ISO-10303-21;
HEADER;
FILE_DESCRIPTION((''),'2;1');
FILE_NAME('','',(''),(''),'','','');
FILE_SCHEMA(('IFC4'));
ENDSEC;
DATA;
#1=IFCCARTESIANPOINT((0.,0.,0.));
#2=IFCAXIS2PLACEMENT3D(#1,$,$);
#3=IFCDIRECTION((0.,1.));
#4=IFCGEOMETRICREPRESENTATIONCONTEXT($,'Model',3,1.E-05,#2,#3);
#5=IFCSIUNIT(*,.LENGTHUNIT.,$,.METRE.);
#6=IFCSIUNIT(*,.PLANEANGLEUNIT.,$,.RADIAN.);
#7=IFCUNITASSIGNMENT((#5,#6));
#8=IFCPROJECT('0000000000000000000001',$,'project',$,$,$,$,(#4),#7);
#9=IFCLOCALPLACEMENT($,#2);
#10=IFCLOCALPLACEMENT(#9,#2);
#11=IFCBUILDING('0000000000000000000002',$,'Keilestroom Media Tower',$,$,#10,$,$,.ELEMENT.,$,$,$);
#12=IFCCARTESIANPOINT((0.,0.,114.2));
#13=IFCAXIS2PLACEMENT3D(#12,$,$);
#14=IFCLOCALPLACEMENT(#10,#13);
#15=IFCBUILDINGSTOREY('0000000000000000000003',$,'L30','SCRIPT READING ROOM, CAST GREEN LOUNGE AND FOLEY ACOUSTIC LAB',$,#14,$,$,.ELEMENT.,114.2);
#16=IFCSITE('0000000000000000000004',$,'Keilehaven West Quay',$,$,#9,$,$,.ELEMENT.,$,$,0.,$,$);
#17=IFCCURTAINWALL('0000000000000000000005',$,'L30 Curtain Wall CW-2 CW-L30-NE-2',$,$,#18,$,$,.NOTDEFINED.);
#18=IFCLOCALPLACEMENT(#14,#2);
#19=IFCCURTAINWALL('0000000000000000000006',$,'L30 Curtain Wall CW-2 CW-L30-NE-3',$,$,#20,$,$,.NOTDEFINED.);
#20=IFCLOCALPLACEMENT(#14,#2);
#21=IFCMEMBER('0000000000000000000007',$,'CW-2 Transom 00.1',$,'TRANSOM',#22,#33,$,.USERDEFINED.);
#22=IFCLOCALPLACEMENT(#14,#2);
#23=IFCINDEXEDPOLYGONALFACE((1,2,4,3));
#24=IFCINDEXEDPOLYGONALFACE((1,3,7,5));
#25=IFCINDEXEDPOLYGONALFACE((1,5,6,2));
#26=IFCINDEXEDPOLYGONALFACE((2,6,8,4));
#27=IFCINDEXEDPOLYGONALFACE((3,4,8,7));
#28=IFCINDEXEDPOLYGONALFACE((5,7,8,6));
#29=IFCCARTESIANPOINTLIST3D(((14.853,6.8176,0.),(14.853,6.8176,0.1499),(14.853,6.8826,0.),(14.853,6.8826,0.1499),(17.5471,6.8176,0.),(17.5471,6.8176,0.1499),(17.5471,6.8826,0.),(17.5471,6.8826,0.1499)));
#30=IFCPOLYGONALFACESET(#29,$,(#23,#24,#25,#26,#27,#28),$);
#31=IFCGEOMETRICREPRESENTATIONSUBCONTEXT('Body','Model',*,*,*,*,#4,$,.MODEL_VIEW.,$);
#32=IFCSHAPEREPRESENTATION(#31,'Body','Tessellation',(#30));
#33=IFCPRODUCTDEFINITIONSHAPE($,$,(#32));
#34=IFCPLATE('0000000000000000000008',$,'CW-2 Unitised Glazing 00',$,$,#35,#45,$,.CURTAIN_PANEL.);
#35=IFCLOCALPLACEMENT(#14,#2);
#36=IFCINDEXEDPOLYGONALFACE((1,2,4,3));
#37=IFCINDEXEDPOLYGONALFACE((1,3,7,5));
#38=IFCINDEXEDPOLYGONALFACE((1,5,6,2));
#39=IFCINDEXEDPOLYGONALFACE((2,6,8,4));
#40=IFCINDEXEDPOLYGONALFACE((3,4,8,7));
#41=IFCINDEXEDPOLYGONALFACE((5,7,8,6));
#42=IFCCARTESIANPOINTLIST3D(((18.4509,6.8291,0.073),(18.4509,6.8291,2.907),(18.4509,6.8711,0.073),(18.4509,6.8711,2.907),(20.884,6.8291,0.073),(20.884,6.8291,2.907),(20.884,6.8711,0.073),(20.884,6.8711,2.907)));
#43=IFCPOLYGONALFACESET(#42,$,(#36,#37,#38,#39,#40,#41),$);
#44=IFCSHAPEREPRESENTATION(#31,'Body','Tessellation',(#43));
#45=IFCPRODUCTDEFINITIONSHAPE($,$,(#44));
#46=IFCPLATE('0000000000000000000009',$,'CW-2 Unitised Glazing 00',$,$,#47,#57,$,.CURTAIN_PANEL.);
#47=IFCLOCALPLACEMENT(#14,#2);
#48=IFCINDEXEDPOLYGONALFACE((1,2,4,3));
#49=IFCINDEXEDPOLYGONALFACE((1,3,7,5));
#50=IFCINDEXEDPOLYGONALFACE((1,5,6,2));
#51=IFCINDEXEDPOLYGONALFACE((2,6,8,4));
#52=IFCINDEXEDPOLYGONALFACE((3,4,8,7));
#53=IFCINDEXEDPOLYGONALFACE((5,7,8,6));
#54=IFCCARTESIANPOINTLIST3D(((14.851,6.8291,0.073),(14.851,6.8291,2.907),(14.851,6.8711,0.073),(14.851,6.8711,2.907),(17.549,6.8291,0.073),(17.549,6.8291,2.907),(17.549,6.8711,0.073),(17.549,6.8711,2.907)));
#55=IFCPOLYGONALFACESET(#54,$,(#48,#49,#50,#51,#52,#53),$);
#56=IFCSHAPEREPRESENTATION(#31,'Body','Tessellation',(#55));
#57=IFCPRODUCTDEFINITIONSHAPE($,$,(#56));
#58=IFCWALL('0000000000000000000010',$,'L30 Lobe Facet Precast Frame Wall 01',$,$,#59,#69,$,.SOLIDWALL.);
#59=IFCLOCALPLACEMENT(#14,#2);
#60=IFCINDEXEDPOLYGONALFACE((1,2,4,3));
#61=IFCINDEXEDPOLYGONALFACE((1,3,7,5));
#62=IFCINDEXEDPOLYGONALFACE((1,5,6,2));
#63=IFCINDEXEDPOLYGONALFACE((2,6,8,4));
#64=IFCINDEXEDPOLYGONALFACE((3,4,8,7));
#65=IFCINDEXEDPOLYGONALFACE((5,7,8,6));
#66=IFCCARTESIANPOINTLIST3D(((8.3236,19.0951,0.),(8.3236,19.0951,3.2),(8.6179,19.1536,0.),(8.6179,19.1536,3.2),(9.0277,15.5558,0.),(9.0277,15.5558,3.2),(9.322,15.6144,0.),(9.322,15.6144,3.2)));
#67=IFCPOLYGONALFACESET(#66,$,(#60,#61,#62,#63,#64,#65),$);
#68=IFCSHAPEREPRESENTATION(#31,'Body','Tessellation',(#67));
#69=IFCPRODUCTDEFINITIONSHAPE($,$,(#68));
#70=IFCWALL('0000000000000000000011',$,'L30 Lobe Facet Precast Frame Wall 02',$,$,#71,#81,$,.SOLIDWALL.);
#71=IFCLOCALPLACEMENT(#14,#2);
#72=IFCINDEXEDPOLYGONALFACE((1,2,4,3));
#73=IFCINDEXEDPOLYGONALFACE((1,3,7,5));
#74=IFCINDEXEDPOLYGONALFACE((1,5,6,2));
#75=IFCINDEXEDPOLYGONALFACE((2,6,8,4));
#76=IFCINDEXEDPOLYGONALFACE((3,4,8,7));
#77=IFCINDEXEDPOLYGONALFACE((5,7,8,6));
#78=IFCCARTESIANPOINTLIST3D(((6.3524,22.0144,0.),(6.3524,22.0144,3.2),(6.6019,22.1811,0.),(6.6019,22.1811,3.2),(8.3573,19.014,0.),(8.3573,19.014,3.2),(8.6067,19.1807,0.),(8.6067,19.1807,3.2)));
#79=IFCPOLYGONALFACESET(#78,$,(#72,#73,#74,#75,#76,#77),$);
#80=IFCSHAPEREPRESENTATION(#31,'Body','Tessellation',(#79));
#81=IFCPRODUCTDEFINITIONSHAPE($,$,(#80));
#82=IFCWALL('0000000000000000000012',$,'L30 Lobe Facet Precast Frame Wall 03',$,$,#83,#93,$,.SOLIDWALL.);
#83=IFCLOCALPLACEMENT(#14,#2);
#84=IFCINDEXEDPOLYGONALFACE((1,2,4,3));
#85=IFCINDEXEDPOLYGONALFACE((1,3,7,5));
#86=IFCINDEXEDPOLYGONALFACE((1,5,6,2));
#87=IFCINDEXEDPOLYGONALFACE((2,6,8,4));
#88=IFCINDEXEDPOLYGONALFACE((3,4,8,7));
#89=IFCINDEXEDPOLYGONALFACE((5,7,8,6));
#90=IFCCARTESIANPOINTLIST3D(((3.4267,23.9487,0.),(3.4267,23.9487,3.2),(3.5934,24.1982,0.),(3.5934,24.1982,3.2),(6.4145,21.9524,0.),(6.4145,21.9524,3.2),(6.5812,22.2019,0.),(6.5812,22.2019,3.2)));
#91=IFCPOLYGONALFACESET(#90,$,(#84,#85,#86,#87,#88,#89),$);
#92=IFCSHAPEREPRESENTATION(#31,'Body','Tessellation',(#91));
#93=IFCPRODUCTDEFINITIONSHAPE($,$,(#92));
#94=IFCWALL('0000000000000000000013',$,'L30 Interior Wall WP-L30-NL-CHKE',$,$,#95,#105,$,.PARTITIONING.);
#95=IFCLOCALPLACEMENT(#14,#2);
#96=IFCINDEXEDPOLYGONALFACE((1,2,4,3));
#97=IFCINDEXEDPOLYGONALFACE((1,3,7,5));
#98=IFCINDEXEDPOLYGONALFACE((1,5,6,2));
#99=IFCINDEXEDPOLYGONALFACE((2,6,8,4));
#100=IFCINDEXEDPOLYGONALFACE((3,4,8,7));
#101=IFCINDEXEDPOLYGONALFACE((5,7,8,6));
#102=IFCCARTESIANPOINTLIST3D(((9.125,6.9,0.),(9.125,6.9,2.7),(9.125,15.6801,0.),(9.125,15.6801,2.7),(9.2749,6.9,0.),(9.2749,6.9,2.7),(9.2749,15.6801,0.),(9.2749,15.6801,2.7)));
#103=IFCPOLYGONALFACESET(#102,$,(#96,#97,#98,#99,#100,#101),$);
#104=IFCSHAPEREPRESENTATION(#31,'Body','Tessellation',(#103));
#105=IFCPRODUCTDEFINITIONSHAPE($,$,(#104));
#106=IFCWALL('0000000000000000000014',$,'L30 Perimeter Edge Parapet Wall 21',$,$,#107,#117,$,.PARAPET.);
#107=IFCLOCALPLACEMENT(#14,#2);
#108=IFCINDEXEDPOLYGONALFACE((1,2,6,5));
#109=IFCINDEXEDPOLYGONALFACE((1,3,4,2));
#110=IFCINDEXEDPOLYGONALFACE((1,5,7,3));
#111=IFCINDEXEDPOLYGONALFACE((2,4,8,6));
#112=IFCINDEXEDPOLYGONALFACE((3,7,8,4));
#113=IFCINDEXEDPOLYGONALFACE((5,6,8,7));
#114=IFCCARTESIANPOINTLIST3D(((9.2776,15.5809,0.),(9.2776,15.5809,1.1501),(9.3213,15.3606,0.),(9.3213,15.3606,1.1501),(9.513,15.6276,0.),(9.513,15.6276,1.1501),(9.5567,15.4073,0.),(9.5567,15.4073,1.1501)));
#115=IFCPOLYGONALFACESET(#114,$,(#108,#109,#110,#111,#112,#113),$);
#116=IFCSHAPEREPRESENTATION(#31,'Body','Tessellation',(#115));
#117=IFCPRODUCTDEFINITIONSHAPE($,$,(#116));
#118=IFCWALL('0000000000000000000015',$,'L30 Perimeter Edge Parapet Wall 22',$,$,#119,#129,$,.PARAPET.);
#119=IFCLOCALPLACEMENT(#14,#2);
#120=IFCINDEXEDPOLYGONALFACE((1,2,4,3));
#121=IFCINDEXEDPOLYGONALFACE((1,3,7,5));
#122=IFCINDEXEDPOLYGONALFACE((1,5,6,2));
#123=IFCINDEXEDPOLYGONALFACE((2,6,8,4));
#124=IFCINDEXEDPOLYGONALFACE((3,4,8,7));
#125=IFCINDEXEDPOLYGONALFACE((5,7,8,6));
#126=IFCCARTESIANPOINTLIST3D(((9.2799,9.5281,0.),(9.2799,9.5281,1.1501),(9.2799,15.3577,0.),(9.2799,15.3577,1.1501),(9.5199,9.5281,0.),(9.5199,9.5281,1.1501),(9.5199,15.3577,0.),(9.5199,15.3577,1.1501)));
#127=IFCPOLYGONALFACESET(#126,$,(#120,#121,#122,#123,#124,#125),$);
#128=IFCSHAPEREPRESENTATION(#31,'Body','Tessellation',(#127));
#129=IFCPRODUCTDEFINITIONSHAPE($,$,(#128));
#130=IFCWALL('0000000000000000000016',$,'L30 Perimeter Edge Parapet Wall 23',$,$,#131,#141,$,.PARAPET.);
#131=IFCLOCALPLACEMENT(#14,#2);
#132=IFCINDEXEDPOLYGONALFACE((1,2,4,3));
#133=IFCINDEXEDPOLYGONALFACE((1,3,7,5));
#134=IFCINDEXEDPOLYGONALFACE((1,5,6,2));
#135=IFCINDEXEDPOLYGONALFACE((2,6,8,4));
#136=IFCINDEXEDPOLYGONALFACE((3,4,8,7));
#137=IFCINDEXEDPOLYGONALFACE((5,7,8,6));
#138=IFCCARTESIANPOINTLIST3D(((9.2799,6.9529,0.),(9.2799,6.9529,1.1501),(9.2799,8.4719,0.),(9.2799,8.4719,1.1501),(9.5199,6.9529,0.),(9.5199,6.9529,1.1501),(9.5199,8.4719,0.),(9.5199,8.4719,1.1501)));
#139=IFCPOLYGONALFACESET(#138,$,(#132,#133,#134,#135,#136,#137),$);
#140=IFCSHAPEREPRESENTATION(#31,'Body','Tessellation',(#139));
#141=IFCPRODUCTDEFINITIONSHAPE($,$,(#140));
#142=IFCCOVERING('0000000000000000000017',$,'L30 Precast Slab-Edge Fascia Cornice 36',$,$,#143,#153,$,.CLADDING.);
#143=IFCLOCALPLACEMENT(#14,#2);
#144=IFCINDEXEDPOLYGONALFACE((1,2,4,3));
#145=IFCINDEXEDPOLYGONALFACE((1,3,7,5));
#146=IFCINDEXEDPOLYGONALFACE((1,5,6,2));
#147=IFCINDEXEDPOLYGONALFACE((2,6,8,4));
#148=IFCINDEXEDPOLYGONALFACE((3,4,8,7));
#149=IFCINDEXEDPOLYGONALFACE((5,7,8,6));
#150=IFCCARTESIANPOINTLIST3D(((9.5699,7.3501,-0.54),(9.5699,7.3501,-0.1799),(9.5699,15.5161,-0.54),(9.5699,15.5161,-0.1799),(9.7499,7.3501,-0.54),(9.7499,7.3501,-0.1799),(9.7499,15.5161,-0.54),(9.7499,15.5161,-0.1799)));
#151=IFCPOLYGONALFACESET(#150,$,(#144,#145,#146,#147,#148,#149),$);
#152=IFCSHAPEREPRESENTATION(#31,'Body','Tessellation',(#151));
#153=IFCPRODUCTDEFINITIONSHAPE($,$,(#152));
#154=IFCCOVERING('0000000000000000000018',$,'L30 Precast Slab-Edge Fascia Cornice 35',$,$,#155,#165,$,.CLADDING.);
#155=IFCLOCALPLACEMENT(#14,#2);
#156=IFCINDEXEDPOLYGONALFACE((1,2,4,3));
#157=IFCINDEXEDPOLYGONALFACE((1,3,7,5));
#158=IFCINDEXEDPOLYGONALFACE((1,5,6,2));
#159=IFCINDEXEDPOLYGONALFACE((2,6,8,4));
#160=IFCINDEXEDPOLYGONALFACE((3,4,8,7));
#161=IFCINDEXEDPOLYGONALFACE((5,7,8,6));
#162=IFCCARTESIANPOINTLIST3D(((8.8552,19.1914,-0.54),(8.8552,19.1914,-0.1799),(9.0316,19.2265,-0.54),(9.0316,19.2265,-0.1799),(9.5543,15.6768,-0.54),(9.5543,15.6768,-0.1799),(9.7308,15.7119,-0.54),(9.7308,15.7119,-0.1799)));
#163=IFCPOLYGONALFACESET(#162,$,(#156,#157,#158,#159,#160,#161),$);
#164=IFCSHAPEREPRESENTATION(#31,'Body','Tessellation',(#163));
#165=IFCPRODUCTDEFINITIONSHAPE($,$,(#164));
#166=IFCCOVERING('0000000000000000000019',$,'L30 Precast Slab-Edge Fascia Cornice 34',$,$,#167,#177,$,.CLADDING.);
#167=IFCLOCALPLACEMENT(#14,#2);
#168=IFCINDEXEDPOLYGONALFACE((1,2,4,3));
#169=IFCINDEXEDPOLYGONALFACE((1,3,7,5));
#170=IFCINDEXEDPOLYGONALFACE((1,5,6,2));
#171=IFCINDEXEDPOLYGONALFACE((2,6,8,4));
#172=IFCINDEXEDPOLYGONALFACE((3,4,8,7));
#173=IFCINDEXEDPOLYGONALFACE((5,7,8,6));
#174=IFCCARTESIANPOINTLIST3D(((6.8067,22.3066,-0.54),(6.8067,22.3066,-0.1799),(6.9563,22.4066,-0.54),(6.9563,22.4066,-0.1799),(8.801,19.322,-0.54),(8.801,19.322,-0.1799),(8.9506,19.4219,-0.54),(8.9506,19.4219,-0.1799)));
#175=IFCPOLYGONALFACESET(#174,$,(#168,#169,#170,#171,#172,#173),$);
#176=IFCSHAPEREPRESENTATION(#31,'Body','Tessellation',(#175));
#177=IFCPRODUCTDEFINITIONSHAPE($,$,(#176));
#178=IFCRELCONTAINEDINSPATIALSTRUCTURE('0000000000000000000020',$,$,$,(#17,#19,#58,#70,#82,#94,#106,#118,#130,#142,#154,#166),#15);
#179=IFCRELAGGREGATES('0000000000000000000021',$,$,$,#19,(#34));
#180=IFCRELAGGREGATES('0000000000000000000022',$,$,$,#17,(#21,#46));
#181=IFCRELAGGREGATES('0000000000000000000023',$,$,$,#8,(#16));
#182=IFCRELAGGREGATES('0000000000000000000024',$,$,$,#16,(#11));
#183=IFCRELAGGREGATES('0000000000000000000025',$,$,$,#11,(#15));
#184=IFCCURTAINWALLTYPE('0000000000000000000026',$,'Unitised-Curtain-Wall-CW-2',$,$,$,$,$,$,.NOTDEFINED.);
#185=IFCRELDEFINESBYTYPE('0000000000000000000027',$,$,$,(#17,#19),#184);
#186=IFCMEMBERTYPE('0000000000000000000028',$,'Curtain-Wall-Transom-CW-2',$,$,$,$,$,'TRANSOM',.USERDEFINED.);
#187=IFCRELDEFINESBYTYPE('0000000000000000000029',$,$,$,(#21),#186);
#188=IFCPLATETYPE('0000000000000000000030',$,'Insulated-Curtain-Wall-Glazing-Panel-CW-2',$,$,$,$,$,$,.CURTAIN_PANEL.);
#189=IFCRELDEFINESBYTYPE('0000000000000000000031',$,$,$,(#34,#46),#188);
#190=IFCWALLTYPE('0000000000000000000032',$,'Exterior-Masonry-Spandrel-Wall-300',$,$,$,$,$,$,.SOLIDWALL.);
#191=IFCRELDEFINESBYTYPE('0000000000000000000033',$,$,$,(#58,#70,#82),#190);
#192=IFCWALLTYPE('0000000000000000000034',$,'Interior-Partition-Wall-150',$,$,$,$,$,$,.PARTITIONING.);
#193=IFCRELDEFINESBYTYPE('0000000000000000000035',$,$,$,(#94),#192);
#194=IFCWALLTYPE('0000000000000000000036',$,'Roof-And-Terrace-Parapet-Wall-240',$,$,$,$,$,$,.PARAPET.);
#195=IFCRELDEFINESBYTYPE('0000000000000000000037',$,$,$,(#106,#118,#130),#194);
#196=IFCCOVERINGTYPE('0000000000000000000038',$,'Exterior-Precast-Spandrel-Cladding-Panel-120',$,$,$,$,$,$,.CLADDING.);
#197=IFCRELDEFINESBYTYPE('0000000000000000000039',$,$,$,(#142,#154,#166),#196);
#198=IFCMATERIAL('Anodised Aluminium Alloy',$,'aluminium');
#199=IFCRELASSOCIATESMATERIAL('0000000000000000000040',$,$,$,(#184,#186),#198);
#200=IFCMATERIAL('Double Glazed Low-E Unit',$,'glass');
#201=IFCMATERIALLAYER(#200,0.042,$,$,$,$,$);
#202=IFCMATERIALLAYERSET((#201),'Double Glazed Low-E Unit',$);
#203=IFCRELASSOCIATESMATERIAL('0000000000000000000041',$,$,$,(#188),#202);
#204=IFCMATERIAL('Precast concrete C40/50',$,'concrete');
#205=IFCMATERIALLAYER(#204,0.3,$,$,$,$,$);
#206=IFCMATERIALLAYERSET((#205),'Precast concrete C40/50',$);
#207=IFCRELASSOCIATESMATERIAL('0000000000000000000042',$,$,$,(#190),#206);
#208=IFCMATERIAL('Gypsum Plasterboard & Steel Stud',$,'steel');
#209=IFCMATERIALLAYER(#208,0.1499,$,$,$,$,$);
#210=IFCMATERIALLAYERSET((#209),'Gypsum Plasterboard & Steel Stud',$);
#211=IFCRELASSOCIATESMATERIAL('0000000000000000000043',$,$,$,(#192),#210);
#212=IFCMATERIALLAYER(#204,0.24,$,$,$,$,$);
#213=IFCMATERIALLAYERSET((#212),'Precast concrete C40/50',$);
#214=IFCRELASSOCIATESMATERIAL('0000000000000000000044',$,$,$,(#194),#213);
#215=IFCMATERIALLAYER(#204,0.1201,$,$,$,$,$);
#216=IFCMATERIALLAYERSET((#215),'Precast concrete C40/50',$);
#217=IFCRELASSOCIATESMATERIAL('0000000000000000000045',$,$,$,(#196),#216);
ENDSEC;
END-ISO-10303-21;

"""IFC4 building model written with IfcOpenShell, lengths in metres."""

from ifc_helpers import new_model, si_unit, direction, frame, frame_2d, origin, origin_2d, place, context, subcontext, project, spatial, rectangle, extrude, source, transform, mapped, material, layer, layer_set, material_profile, profile_set, type_object, element, aggregate, save


model = new_model("IFC4")

# Units and contexts
model_context = context("Model", 3, precision=1e-05, world=origin(), true_north=direction((0.0, 1.0)))
body_context = subcontext(model_context, "Body", "Model", "MODEL_VIEW")
ifc_project = project(units=[si_unit("LENGTHUNIT", "METRE"), si_unit("PLANEANGLEUNIT", "RADIAN")], contexts=[model_context])

# Site, building, storey
site_placement = place(None, origin())
site = spatial("IfcSite", under=ifc_project, at=site_placement, Name="Keilehaven West Quay", CompositionType="ELEMENT", RefElevation=0.0)
building_placement = place(site_placement, origin())
building = spatial("IfcBuilding", under=site, at=building_placement, Name="Keilestroom Media Tower", CompositionType="ELEMENT")
storey_placement = place(building_placement, frame((0.0, 0.0, 114.2)))
storey = spatial("IfcBuildingStorey", under=building, at=storey_placement, Name="L30", Description="SCRIPT READING ROOM, CAST GREEN LOUNGE AND FOLEY ACOUSTIC LAB", CompositionType="ELEMENT", Elevation=114.2)

# Shared definitions
ifc_material_1 = material(Name="Precast concrete C40/50", Category="concrete")

# Curtain walls
ifc_material_2 = material(Name="Anodised Aluminium Alloy", Category="aluminium")
curtain_wall_type = type_object("IfcCurtainWallType", Name="Unitised-Curtain-Wall-CW-2", PredefinedType="NOTDEFINED", material=ifc_material_2)
curtain_wall_1_placement = place(storey_placement, origin())
curtain_wall_1 = element("IfcCurtainWall", 1, at=curtain_wall_1_placement, inside=storey, type_object=curtain_wall_type, Name="L30 Curtain Wall CW-2 CW-L30-NE-2", PredefinedType="NOTDEFINED")
curtain_wall_2_placement = place(storey_placement, origin())
curtain_wall_2 = element("IfcCurtainWall", 2, at=curtain_wall_2_placement, inside=storey, type_object=curtain_wall_type, Name="L30 Curtain Wall CW-2 CW-L30-NE-3", PredefinedType="NOTDEFINED")
ifc_material_profile_1 = material_profile(ifc_material_2, rectangle(XDim=0.0649, YDim=0.1499, at=origin_2d()), Name="ALU TRANSOM 65x150")
ifc_profile_set_1 = profile_set([ifc_material_profile_1], Name="Anodised Aluminium Alloy")
member_type_1 = type_object("IfcMemberType", Name="Curtain-Wall-Transom-CW-2", ElementType="TRANSOM", PredefinedType="USERDEFINED", material=ifc_profile_set_1)

# Member
shared_shape_1 = source(origin(), body_context, "Body", "SweptSolid", [
    extrude(rectangle(XDim=0.0649, YDim=0.1499, at=origin_2d()), origin(), (0.0, 0.0, 1.0), 2.6941),
])
member_1_placement = place(storey_placement, frame((14.853, 6.8501, 0.075), z_axis=(1.0, 0.0, 0.0), x_axis=(0.0, 1.0, 0.0)))
member_1 = element("IfcMember", 3, at=member_1_placement, type_object=member_type_1, Name="CW-2 Transom 00.1", ObjectType="TRANSOM", PredefinedType="USERDEFINED", context=body_context, shape_type="MappedRepresentation", body=[
    mapped(shared_shape_1, transform((0.0, 0.0, 0.0), x_axis=(1.0, 0.0, 0.0), y_axis=(0.0, 1.0, 0.0), z_axis=(0.0, 0.0, 1.0), scale=1.0)),
])

# Plates
ifc_material_3 = material(Name="Double Glazed Low-E Unit", Category="glass")
ifc_layer_1 = layer(ifc_material_3, 0.042)
ifc_layer_set_1 = layer_set([ifc_layer_1], Name="Double Glazed Low-E Unit")
plate_type = type_object("IfcPlateType", Name="Insulated-Curtain-Wall-Glazing-Panel-CW-2", PredefinedType="CURTAIN_PANEL", material=ifc_layer_set_1)
shared_shape_2 = source(origin(), body_context, "Body", "SweptSolid", [
    extrude(rectangle(XDim=2.4331, YDim=0.042, at=origin_2d()), origin(), (0.0, 0.0, 1.0), 2.834),
])
plate_1_placement = place(storey_placement, frame((19.6675, 6.8501, 0.073), z_axis=(0.0, 0.0, 1.0), x_axis=(1.0, 0.0, 0.0)))
plate_1 = element("IfcPlate", 4, at=plate_1_placement, type_object=plate_type, Name="CW-2 Unitised Glazing 00", PredefinedType="CURTAIN_PANEL", context=body_context, shape_type="MappedRepresentation", body=[
    mapped(shared_shape_2, transform((0.0, 0.0, 0.0), x_axis=(1.0, 0.0, 0.0), y_axis=(0.0, 1.0, 0.0), z_axis=(0.0, 0.0, 1.0), scale=1.0)),
])
aggregate(curtain_wall_2, [plate_1])
shared_shape_3 = source(origin(), body_context, "Body", "SweptSolid", [
    extrude(rectangle(XDim=2.698, YDim=0.042, at=origin_2d()), origin(), (0.0, 0.0, 1.0), 2.834),
])
plate_2_placement = place(storey_placement, frame((16.2, 6.8501, 0.073), z_axis=(0.0, 0.0, 1.0), x_axis=(1.0, 0.0, 0.0)))
plate_2 = element("IfcPlate", 5, at=plate_2_placement, type_object=plate_type, Name="CW-2 Unitised Glazing 00", PredefinedType="CURTAIN_PANEL", context=body_context, shape_type="MappedRepresentation", body=[
    mapped(shared_shape_3, transform((0.0, 0.0, 0.0), x_axis=(1.0, 0.0, 0.0), y_axis=(0.0, 1.0, 0.0), z_axis=(0.0, 0.0, 1.0), scale=1.0)),
])
aggregate(curtain_wall_1, [member_1, plate_2])

# Walls
ifc_layer_2 = layer(ifc_material_1, 0.3)
ifc_layer_set_2 = layer_set([ifc_layer_2], Name="Precast concrete C40/50")
wall_type_1 = type_object("IfcWallType", Name="Exterior-Masonry-Spandrel-Wall-300", PredefinedType="SOLIDWALL", material=ifc_layer_set_2)
for number, where, z_axis, x_axis, name in (
    (6, (9.1748, 15.5852, 0.0), (0.0, 0.0, 1.0), (-0.195114, 0.980781, 0.0), "L30 Lobe Facet Precast Frame Wall 01"),
    (7, (8.4819, 19.0974, 0.0), (0.0, 0.0, 1.0), (-0.555574, 0.831467, 0.0), "L30 Lobe Facet Precast Frame Wall 02"),
):
    element("IfcWall", number, at=place(storey_placement, frame(where, z_axis=z_axis, x_axis=x_axis)), inside=storey, type_object=wall_type_1, Name=name, PredefinedType="SOLIDWALL", context=body_context, shape_type="SweptSolid", body=[
        extrude(rectangle(XDim=3.6086, YDim=0.3, at=frame_2d((1.8042, 0.0))), origin(), (0.0, 0.0, 1.0), 3.2),
    ])
wall_1_placement = place(storey_placement, frame((6.4978, 22.0771, 0.0), z_axis=(0.0, 0.0, 1.0), x_axis=(-0.831475, 0.555562, 0.0)))
element("IfcWall", 8, at=wall_1_placement, inside=storey, type_object=wall_type_1, Name="L30 Lobe Facet Precast Frame Wall 03", PredefinedType="SOLIDWALL", context=body_context, shape_type="SweptSolid", body=[
    extrude(rectangle(XDim=3.5933, YDim=0.3, at=frame_2d((1.7966, 0.0))), origin(), (0.0, 0.0, 1.0), 3.2),
])
ifc_material_4 = material(Name="Gypsum Plasterboard & Steel Stud", Category="steel")
ifc_layer_3 = layer(ifc_material_4, 0.1499)
ifc_layer_set_3 = layer_set([ifc_layer_3], Name="Gypsum Plasterboard & Steel Stud")
wall_type_2 = type_object("IfcWallType", Name="Interior-Partition-Wall-150", PredefinedType="PARTITIONING", material=ifc_layer_set_3)
wall_2_placement = place(storey_placement, frame((9.2, 6.8999, 0.0), z_axis=(0.0, 0.0, 1.0), x_axis=(0.0, 1.0, 0.0)))
element("IfcWall", 9, at=wall_2_placement, inside=storey, type_object=wall_type_2, Name="L30 Interior Wall WP-L30-NL-CHKE", PredefinedType="PARTITIONING", context=body_context, shape_type="SweptSolid", body=[
    extrude(rectangle(XDim=8.78, YDim=0.1499, at=frame_2d((4.3901, 0.0))), origin(), (0.0, 0.0, 1.0), 2.7),
])
ifc_layer_4 = layer(ifc_material_1, 0.24)
ifc_layer_set_4 = layer_set([ifc_layer_4], Name="Precast concrete C40/50")
wall_type_3 = type_object("IfcWallType", Name="Roof-And-Terrace-Parapet-Wall-240", PredefinedType="PARAPET", material=ifc_layer_set_4)
wall_3_placement = place(storey_placement, frame((9.3953, 15.6042, 0.0), z_axis=(0.0, 0.0, 1.0), x_axis=(0.194652, -0.980872, 0.0)))
element("IfcWall", 10, at=wall_3_placement, inside=storey, type_object=wall_type_3, Name="L30 Perimeter Edge Parapet Wall 21", PredefinedType="PARAPET", context=body_context, shape_type="SweptSolid", body=[
    extrude(rectangle(XDim=0.2246, YDim=0.24, at=frame_2d((0.1123, 0.0))), origin(), (0.0, 0.0, 1.0), 1.1501),
])
wall_4_placement = place(storey_placement, frame((9.3999, 15.3577, 0.0), z_axis=(0.0, 0.0, 1.0), x_axis=(0.0, -1.0, 0.0)))
element("IfcWall", 11, at=wall_4_placement, inside=storey, type_object=wall_type_3, Name="L30 Perimeter Edge Parapet Wall 22", PredefinedType="PARAPET", context=body_context, shape_type="SweptSolid", body=[
    extrude(rectangle(XDim=5.8296, YDim=0.24, at=frame_2d((2.9148, 0.0))), origin(), (0.0, 0.0, 1.0), 1.1501),
])
wall_5_placement = place(storey_placement, frame((9.3999, 8.4719, 0.0), z_axis=(0.0, 0.0, 1.0), x_axis=(0.0, -1.0, 0.0)))
element("IfcWall", 12, at=wall_5_placement, inside=storey, type_object=wall_type_3, Name="L30 Perimeter Edge Parapet Wall 23", PredefinedType="PARAPET", context=body_context, shape_type="SweptSolid", body=[
    extrude(rectangle(XDim=1.519, YDim=0.24, at=frame_2d((0.7595, 0.0))), origin(), (0.0, 0.0, 1.0), 1.1501),
])

# Coverings
ifc_layer_5 = layer(ifc_material_1, 0.1201)
ifc_layer_set_5 = layer_set([ifc_layer_5], Name="Precast concrete C40/50")
covering_type = type_object("IfcCoveringType", Name="Exterior-Precast-Spandrel-Cladding-Panel-120", PredefinedType="CLADDING", material=ifc_layer_set_5)
shared_shape_4 = source(origin(), body_context, "Body", "SweptSolid", [
    extrude(rectangle(XDim=8.166, YDim=0.1799, at=origin_2d()), origin(), (0.0, 0.0, 1.0), 0.3601),
])
covering_1_placement = place(storey_placement, frame((9.6599, 11.4331, -0.54), z_axis=(0.0, 0.0, 1.0), x_axis=(0.0, -1.0, 0.0)))
element("IfcCovering", 13, at=covering_1_placement, inside=storey, type_object=covering_type, Name="L30 Precast Slab-Edge Fascia Cornice 36", PredefinedType="CLADDING", context=body_context, shape_type="MappedRepresentation", body=[
    mapped(shared_shape_4, transform((0.0, 0.0, 0.0), x_axis=(1.0, 0.0, 0.0), y_axis=(0.0, 1.0, 0.0), z_axis=(0.0, 0.0, 1.0), scale=1.0)),
])
shared_shape_5 = source(origin(), body_context, "Body", "SweptSolid", [
    extrude(rectangle(XDim=3.5835, YDim=0.1799, at=origin_2d()), origin(), (0.0, 0.0, 1.0), 0.3601),
])
covering_2_placement = place(storey_placement, frame((9.293, 17.4517, -0.54), z_axis=(0.0, 0.0, 1.0), x_axis=(0.195099, -0.980784, 0.0)))
element("IfcCovering", 14, at=covering_2_placement, inside=storey, type_object=covering_type, Name="L30 Precast Slab-Edge Fascia Cornice 35", PredefinedType="CLADDING", context=body_context, shape_type="MappedRepresentation", body=[
    mapped(shared_shape_5, transform((0.0, 0.0, 0.0), x_axis=(1.0, 0.0, 0.0), y_axis=(0.0, 1.0, 0.0), z_axis=(0.0, 0.0, 1.0), scale=1.0)),
])
shared_shape_6 = source(origin(), body_context, "Body", "SweptSolid", [
    extrude(rectangle(XDim=3.5896, YDim=0.1799, at=origin_2d()), origin(), (0.0, 0.0, 1.0), 0.3601),
])
covering_3_placement = place(storey_placement, frame((7.8787, 20.8643, -0.54), z_axis=(0.0, 0.0, 1.0), x_axis=(0.555575, -0.831467, 0.0)))
element("IfcCovering", 15, at=covering_3_placement, inside=storey, type_object=covering_type, Name="L30 Precast Slab-Edge Fascia Cornice 34", PredefinedType="CLADDING", context=body_context, shape_type="MappedRepresentation", body=[
    mapped(shared_shape_6, transform((0.0, 0.0, 0.0), x_axis=(1.0, 0.0, 0.0), y_axis=(0.0, 1.0, 0.0), z_axis=(0.0, 0.0, 1.0), scale=1.0)),
])

save(model, "model.ifc")
